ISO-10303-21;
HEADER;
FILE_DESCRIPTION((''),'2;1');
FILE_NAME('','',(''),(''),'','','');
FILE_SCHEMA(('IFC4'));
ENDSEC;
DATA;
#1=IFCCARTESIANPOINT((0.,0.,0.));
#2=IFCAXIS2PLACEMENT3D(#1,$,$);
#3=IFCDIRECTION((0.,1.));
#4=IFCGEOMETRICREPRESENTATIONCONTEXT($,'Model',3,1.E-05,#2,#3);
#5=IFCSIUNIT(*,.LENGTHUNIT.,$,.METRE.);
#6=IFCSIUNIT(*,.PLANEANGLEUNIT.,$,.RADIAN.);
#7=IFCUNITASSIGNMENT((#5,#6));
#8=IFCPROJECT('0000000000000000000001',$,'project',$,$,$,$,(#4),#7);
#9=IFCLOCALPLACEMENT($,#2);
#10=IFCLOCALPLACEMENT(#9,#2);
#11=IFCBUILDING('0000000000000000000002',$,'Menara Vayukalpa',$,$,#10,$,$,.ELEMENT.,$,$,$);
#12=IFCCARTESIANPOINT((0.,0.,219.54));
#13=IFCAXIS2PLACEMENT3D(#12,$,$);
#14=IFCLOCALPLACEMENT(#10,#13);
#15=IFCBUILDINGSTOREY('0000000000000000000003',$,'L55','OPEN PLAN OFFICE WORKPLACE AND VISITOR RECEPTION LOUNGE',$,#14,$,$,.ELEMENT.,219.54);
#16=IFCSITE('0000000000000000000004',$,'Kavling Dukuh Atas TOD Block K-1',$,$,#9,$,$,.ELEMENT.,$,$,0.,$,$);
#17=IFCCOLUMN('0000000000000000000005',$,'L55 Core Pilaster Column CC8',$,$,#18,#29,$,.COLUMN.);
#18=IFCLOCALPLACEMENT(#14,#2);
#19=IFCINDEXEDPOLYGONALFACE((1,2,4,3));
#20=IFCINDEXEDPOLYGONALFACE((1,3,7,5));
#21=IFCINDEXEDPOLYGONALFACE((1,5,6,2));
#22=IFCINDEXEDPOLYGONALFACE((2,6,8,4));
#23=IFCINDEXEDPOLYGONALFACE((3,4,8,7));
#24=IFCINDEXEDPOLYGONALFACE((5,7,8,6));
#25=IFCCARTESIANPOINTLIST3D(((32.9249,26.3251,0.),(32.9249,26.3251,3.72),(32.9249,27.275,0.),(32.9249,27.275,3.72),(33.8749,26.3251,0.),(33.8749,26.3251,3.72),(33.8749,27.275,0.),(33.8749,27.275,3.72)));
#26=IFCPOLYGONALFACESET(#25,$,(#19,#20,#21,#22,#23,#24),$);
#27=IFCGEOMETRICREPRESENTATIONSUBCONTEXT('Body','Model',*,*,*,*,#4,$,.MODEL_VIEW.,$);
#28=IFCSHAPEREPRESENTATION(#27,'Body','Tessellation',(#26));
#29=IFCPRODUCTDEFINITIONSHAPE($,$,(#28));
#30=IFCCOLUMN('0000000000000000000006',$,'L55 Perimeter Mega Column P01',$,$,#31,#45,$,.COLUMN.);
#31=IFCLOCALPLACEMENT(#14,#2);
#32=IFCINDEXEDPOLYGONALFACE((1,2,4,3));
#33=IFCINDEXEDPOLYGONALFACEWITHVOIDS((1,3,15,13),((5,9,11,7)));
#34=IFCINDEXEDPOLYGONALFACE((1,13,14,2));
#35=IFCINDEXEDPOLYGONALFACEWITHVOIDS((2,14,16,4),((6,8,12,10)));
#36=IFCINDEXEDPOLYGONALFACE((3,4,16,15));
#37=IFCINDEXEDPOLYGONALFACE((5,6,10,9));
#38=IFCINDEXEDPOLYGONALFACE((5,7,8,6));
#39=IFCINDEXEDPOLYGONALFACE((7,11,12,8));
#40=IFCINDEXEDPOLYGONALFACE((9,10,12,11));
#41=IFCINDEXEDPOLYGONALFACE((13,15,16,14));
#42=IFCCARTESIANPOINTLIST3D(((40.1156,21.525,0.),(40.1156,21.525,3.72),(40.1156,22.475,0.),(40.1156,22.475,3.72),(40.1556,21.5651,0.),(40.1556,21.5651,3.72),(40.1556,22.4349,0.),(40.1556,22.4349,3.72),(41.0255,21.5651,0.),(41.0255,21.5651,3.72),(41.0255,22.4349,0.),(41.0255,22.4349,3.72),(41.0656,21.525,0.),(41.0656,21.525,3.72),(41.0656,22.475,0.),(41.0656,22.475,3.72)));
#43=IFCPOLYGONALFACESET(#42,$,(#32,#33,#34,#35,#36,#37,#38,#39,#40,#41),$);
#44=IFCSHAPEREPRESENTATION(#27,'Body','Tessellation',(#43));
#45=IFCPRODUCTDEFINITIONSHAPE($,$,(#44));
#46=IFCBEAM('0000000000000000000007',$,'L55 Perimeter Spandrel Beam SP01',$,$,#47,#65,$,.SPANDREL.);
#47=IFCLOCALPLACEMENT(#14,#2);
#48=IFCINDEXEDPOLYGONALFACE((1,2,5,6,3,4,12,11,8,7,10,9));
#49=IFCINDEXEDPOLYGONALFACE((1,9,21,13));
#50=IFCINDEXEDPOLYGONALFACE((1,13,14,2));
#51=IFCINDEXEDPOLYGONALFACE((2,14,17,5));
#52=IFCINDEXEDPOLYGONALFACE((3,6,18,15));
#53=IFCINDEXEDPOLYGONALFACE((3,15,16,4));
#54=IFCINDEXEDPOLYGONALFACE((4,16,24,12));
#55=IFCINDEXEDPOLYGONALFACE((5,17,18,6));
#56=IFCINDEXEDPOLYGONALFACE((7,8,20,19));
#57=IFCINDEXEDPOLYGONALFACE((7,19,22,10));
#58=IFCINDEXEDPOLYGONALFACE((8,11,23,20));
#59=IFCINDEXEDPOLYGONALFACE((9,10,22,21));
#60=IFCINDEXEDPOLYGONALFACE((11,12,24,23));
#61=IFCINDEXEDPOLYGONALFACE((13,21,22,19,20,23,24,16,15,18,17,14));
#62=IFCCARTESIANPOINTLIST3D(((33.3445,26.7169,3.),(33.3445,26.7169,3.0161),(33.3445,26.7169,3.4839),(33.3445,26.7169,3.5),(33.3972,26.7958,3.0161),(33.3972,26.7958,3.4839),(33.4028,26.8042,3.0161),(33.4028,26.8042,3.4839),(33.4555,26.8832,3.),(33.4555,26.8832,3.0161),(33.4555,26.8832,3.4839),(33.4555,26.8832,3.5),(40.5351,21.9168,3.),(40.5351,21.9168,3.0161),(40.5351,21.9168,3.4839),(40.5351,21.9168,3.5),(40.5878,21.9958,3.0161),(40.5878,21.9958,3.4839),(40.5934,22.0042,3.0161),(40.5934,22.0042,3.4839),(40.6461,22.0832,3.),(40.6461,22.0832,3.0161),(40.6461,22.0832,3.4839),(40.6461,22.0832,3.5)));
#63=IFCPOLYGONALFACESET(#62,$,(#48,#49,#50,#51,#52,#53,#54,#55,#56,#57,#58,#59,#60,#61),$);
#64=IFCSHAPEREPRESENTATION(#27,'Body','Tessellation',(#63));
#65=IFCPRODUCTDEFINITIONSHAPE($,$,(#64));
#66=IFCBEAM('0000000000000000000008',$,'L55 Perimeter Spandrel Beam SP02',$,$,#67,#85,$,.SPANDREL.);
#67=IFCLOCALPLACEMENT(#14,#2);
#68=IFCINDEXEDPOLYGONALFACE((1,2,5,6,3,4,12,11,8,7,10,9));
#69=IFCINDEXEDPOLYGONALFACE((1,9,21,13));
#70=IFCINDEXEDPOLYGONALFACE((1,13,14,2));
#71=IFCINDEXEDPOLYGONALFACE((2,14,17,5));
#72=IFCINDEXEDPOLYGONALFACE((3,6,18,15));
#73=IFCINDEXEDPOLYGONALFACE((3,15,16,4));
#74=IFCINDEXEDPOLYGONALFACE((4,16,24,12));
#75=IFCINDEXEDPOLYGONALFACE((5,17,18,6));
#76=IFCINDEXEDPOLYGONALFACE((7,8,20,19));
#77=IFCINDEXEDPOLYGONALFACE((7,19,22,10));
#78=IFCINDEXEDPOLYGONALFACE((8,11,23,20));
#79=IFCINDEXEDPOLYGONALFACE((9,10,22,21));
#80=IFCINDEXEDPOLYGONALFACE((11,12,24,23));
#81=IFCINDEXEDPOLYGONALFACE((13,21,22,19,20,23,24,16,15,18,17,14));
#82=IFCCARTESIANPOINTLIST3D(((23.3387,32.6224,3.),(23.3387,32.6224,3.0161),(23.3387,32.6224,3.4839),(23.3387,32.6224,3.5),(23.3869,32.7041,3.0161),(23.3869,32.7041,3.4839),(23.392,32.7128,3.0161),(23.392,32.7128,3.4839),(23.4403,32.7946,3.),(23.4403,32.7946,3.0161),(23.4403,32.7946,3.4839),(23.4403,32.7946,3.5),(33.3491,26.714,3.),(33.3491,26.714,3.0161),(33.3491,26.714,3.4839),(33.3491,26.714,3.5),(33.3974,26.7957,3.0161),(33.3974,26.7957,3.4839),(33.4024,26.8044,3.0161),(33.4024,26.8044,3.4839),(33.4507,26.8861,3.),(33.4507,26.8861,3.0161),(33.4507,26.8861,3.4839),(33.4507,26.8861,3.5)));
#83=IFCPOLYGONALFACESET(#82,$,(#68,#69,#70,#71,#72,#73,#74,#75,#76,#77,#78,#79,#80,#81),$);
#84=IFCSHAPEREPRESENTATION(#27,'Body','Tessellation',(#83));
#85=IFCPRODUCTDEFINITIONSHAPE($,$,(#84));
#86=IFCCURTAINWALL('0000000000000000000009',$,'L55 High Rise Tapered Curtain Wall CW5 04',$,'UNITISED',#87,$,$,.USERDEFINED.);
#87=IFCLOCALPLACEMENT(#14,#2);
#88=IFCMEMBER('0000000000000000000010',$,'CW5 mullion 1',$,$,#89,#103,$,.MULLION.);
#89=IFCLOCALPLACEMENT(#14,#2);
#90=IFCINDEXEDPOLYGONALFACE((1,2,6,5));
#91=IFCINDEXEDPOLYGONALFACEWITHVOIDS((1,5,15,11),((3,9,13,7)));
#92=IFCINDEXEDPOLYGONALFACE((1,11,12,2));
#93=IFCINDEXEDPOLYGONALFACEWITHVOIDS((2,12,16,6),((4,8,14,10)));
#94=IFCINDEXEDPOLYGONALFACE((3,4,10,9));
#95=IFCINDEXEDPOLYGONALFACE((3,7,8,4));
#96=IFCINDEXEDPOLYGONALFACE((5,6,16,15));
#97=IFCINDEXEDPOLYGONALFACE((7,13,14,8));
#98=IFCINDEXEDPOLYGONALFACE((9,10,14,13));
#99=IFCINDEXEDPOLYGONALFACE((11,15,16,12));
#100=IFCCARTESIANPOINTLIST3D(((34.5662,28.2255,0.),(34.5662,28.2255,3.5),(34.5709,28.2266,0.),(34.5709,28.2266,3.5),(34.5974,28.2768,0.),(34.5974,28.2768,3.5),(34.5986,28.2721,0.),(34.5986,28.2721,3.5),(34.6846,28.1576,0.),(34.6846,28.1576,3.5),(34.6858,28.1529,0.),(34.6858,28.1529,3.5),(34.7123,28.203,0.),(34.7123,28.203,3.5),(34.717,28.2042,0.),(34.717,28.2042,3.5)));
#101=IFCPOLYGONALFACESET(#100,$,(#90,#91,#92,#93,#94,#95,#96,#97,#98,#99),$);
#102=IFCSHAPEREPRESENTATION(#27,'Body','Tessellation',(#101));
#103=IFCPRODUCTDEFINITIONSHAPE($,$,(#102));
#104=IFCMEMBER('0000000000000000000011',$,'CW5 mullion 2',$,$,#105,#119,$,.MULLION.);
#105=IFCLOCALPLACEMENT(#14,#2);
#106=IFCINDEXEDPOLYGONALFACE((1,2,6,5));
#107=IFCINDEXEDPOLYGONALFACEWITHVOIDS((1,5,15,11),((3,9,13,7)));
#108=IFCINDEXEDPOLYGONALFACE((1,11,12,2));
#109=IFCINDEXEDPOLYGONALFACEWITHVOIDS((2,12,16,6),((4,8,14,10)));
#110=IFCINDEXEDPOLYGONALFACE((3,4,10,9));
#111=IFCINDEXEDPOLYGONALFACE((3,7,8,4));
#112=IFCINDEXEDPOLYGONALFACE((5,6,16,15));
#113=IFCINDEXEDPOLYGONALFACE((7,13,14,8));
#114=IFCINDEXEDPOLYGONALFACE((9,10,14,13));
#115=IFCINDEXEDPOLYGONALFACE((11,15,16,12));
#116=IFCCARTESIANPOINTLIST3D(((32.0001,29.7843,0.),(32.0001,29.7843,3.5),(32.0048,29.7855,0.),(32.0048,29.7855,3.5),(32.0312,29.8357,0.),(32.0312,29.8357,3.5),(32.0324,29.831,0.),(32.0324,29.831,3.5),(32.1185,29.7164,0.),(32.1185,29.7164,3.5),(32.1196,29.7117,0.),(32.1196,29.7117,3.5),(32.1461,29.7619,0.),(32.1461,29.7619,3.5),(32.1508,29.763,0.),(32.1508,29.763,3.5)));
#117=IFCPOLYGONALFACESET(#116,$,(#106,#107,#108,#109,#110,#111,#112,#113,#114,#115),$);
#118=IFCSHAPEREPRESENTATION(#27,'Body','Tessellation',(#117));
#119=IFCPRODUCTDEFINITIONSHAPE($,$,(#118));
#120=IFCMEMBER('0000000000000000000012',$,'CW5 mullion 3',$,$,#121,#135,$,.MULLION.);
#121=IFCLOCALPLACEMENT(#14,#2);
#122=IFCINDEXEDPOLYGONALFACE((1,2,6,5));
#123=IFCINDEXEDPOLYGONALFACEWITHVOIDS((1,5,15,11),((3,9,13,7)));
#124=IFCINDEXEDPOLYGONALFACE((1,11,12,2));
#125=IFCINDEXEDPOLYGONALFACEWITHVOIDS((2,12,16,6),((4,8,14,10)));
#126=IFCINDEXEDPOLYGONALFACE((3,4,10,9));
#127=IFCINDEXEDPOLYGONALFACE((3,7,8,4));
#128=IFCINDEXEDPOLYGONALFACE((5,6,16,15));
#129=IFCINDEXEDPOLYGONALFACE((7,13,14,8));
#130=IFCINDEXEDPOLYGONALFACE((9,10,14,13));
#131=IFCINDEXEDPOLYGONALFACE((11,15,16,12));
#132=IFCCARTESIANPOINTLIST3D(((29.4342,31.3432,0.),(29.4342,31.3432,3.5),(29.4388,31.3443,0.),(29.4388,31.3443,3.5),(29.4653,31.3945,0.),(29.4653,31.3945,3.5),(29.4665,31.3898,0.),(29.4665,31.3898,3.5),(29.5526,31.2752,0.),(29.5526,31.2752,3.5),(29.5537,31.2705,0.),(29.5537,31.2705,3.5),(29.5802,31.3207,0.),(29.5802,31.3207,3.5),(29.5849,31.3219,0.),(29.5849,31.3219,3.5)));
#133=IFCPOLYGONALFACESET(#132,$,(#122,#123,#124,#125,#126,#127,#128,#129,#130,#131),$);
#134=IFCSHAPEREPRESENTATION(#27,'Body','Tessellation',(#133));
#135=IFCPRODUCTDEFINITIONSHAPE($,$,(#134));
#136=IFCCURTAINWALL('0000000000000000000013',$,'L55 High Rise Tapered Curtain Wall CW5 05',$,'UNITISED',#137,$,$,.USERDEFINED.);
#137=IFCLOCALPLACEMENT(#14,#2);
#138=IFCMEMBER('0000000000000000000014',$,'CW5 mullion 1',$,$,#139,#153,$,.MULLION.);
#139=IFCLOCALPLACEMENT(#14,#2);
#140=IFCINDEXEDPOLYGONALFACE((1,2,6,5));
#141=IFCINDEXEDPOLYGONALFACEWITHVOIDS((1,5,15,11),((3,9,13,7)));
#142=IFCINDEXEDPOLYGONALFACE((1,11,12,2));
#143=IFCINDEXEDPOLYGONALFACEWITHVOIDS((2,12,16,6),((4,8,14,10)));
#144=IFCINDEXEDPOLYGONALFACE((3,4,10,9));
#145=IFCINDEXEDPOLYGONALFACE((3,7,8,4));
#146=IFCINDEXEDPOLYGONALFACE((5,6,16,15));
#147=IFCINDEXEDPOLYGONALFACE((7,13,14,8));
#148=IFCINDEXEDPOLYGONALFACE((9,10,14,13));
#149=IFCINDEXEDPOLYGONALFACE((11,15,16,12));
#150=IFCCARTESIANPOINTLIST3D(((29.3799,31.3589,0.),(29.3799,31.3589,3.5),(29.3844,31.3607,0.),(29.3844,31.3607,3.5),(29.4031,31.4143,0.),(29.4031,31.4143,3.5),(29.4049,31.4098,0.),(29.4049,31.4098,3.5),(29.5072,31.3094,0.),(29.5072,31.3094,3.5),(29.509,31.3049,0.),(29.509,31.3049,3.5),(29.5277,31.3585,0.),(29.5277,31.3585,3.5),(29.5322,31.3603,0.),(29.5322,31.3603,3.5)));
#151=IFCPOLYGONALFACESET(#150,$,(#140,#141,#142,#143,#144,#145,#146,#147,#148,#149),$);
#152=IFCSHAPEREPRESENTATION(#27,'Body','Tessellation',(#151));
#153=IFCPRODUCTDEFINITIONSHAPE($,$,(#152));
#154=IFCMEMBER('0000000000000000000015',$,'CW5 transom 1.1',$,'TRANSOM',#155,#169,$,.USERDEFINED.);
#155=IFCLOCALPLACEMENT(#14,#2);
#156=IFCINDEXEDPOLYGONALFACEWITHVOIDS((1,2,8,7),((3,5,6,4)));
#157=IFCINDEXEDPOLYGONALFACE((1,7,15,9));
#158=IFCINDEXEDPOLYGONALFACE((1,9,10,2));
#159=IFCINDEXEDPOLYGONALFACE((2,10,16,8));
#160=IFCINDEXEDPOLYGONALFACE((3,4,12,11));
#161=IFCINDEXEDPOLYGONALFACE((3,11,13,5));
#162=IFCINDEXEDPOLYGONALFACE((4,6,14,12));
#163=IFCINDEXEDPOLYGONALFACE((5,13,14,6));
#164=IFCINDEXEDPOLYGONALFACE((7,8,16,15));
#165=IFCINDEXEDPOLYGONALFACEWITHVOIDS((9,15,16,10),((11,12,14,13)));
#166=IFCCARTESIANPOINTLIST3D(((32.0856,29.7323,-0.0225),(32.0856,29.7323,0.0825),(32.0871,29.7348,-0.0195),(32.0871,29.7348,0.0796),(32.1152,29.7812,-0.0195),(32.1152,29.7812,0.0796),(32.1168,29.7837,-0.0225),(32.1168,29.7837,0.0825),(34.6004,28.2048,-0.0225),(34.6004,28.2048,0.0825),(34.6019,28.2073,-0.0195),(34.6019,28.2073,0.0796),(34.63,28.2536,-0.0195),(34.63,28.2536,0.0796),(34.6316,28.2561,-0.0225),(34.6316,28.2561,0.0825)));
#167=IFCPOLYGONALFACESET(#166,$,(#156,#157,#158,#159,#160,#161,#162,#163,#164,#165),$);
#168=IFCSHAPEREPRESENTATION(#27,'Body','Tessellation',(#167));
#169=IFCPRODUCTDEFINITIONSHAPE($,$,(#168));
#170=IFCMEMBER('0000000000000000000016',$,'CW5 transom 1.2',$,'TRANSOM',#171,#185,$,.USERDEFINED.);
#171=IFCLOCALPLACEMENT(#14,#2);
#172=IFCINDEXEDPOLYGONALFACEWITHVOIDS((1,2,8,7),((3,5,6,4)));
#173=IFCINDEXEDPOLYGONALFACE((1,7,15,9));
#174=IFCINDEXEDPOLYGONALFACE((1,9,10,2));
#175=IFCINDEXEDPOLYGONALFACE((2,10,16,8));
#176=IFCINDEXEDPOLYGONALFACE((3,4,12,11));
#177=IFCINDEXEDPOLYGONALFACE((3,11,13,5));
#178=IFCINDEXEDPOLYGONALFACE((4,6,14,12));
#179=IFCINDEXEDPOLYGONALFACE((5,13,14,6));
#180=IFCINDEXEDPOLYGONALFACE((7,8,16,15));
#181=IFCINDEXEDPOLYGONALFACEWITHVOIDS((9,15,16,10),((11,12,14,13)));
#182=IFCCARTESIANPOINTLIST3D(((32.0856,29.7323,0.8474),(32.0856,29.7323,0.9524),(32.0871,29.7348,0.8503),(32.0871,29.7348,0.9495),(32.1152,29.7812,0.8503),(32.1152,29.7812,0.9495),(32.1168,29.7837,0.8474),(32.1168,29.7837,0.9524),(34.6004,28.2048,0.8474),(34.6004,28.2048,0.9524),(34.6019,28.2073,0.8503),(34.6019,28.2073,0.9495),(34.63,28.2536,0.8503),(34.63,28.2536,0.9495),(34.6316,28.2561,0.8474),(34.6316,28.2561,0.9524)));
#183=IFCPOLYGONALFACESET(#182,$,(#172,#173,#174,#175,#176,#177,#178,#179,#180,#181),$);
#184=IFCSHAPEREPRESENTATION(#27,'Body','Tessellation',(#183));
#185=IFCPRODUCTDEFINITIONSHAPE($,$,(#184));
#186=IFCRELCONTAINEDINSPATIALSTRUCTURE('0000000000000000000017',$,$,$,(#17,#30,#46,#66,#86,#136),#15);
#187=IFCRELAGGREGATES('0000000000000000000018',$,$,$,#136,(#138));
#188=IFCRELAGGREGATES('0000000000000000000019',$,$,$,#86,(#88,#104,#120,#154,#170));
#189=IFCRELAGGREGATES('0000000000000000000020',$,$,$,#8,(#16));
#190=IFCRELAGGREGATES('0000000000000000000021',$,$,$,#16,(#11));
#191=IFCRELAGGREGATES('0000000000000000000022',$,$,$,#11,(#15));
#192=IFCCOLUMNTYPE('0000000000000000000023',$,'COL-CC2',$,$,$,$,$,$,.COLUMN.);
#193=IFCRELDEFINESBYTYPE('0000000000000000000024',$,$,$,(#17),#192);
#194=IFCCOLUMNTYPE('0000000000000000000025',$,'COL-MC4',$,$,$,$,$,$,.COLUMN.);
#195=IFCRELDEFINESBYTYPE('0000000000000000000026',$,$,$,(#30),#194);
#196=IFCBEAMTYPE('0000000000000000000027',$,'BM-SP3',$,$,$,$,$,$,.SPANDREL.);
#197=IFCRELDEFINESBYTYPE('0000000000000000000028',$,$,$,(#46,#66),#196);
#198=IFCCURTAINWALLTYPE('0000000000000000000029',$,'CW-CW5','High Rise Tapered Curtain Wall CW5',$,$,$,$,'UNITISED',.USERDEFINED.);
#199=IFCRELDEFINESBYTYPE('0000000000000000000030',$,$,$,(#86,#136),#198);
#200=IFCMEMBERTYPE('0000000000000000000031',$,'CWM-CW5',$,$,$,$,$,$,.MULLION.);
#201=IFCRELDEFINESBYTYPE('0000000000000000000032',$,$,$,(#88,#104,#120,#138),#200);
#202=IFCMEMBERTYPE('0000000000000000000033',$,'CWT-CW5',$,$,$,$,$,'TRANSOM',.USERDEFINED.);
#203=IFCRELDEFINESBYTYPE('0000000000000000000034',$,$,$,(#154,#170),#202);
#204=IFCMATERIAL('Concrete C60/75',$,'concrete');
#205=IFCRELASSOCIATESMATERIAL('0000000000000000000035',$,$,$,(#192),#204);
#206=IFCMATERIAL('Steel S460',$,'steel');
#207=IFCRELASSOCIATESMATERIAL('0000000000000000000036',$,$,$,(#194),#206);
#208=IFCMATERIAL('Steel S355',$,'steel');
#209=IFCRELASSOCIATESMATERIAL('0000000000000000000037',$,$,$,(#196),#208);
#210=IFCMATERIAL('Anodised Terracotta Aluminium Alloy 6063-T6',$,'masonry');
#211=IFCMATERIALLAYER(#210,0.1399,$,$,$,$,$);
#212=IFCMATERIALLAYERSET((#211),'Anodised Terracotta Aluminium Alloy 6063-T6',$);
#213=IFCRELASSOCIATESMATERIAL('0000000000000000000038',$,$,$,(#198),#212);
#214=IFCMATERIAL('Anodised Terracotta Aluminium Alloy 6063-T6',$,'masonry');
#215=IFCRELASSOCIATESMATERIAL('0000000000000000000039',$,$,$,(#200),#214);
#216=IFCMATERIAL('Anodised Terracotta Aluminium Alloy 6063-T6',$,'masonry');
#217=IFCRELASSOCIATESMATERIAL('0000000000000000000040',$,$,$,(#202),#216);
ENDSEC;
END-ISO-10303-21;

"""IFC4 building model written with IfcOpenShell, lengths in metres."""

from ifc_helpers import new_model, si_unit, direction, frame, origin, origin_2d, place, context, subcontext, project, spatial, rectangle, hollow_rectangle, i_section, extrude, material, layer, layer_set, material_profile, profile_set, type_object, element, aggregate, save


model = new_model("IFC4")

# Units and contexts
model_context = context("Model", 3, precision=1e-05, world=origin(), true_north=direction((0.0, 1.0)))
body_context = subcontext(model_context, "Body", "Model", "MODEL_VIEW")
ifc_project = project(units=[si_unit("LENGTHUNIT", "METRE"), si_unit("PLANEANGLEUNIT", "RADIAN")], contexts=[model_context])

# Site, building, storey
site_placement = place(None, origin())
site = spatial("IfcSite", under=ifc_project, at=site_placement, Name="Kavling Dukuh Atas TOD Block K-1", CompositionType="ELEMENT", RefElevation=0.0)
building_placement = place(site_placement, origin())
building = spatial("IfcBuilding", under=site, at=building_placement, Name="Menara Vayukalpa", CompositionType="ELEMENT")
storey_placement = place(building_placement, frame((0.0, 0.0, 219.54)))
storey = spatial("IfcBuildingStorey", under=building, at=storey_placement, Name="L55", Description="OPEN PLAN OFFICE WORKPLACE AND VISITOR RECEPTION LOUNGE", CompositionType="ELEMENT", Elevation=219.54)

# Columns
ifc_material_1 = material(Name="Concrete C60/75", Category="concrete")
ifc_material_profile_1 = material_profile(ifc_material_1, rectangle(XDim=0.95, YDim=0.95, at=origin_2d()), Name="RC 950x950")
ifc_profile_set_1 = profile_set([ifc_material_profile_1], Name="Concrete C60/75")
column_type_1 = type_object("IfcColumnType", Name="COL-CC2", PredefinedType="COLUMN", material=ifc_profile_set_1)
column_1_placement = place(storey_placement, frame((33.3999, 26.8, 0.0), z_axis=(0.0, 0.0, 1.0), x_axis=(1.0, 0.0, 0.0)))
element("IfcColumn", 1, at=column_1_placement, inside=storey, type_object=column_type_1, Name="L55 Core Pilaster Column CC8", PredefinedType="COLUMN", context=body_context, shape_type="SweptSolid", body=[
    extrude(rectangle(XDim=0.95, YDim=0.95, at=origin_2d()), origin(), (0.0, 0.0, 1.0), 3.72),
])
ifc_material_2 = material(Name="Steel S460", Category="steel")
ifc_material_profile_2 = material_profile(ifc_material_2, hollow_rectangle(XDim=0.95, YDim=0.95, WallThickness=0.04, at=origin_2d()), Name="BOX 950x950x40")
ifc_profile_set_2 = profile_set([ifc_material_profile_2], Name="Steel S460")
column_type_2 = type_object("IfcColumnType", Name="COL-MC4", PredefinedType="COLUMN", material=ifc_profile_set_2)
column_2_placement = place(storey_placement, frame((40.5906, 22.0, 0.0), z_axis=(0.0, 0.0, 1.0), x_axis=(1.0, 0.0, 0.0)))
element("IfcColumn", 2, at=column_2_placement, inside=storey, type_object=column_type_2, Name="L55 Perimeter Mega Column P01", PredefinedType="COLUMN", context=body_context, shape_type="SweptSolid", body=[
    extrude(hollow_rectangle(XDim=0.95, YDim=0.95, WallThickness=0.04, at=origin_2d()), origin(), (0.0, 0.0, 1.0), 3.72),
])

# Beams
ifc_material_3 = material(Name="Steel S355", Category="steel")
ifc_material_profile_3 = material_profile(ifc_material_3, i_section(OverallWidth=0.2, OverallDepth=0.5, WebThickness=0.01, FlangeThickness=0.0161, at=origin_2d()), Name="WF 500x200x10x16")
ifc_profile_set_3 = profile_set([ifc_material_profile_3], Name="Steel S355")
beam_type = type_object("IfcBeamType", Name="BM-SP3", PredefinedType="SPANDREL", material=ifc_profile_set_3)
beam_1_placement = place(storey_placement, frame((40.5906, 22.0, 3.25), z_axis=(-0.831716, 0.555202, 0.0), x_axis=(-0.555202, -0.831716, 0.0)))
element("IfcBeam", 3, at=beam_1_placement, inside=storey, type_object=beam_type, Name="L55 Perimeter Spandrel Beam SP01", PredefinedType="SPANDREL", context=body_context, shape_type="SweptSolid", body=[
    extrude(i_section(OverallWidth=0.2, OverallDepth=0.5, WebThickness=0.01, FlangeThickness=0.0161, at=origin_2d()), origin(), (0.0, 0.0, 1.0), 8.6455),
])
beam_2_placement = place(storey_placement, frame((33.3999, 26.8, 3.25), z_axis=(-0.861184, 0.508293, 0.0), x_axis=(-0.508293, -0.861184, 0.0)))
element("IfcBeam", 4, at=beam_2_placement, inside=storey, type_object=beam_type, Name="L55 Perimeter Spandrel Beam SP02", PredefinedType="SPANDREL", context=body_context, shape_type="SweptSolid", body=[
    extrude(i_section(OverallWidth=0.2, OverallDepth=0.5, WebThickness=0.01, FlangeThickness=0.0161, at=origin_2d()), origin(), (0.0, 0.0, 1.0), 11.624),
])

# Curtain wall, members
ifc_material_4 = material(Name="Anodised Terracotta Aluminium Alloy 6063-T6", Category="masonry")
ifc_layer_1 = layer(ifc_material_4, 0.1399)
ifc_layer_set_1 = layer_set([ifc_layer_1], Name="Anodised Terracotta Aluminium Alloy 6063-T6")
curtain_wall_type = type_object("IfcCurtainWallType", Name="CW-CW5", Description="High Rise Tapered Curtain Wall CW5", ElementType="UNITISED", PredefinedType="USERDEFINED", material=ifc_layer_set_1)
curtain_wall_1_placement = place(storey_placement, origin())
curtain_wall_1 = element("IfcCurtainWall", 5, at=curtain_wall_1_placement, inside=storey, type_object=curtain_wall_type, Name="L55 High Rise Tapered Curtain Wall CW5 04", ObjectType="UNITISED", PredefinedType="USERDEFINED")
ifc_material_5 = material(Name="Anodised Terracotta Aluminium Alloy 6063-T6", Category="masonry")
ifc_material_profile_4 = material_profile(ifc_material_5, hollow_rectangle(XDim=0.0601, YDim=0.1399, WallThickness=0.0034, at=origin_2d()), Name="ALU 60x140x3.5")
ifc_profile_set_4 = profile_set([ifc_material_profile_4], Name="Anodised Terracotta Aluminium Alloy 6063-T6")
member_type_1 = type_object("IfcMemberType", Name="CWM-CW5", PredefinedType="MULLION", material=ifc_profile_set_4)
member_1_placement = place(storey_placement, frame((34.6416, 28.2148, 0.0), z_axis=(0.0, 0.0, 1.0), x_axis=(-0.51918, -0.854665, 0.0)))
member_1 = element("IfcMember", 6, at=member_1_placement, type_object=member_type_1, Name="CW5 mullion 1", PredefinedType="MULLION", context=body_context, shape_type="SweptSolid", body=[
    extrude(hollow_rectangle(XDim=0.0601, YDim=0.1399, WallThickness=0.0034, at=origin_2d()), origin(), (0.0, 0.0, 1.0), 3.5),
])
member_2_placement = place(storey_placement, frame((32.0754, 29.7737, 0.0), z_axis=(0.0, 0.0, 1.0), x_axis=(-0.51918, -0.854665, 0.0)))
member_2 = element("IfcMember", 7, at=member_2_placement, type_object=member_type_1, Name="CW5 mullion 2", PredefinedType="MULLION", context=body_context, shape_type="SweptSolid", body=[
    extrude(hollow_rectangle(XDim=0.0601, YDim=0.1399, WallThickness=0.0034, at=origin_2d()), origin(), (0.0, 0.0, 1.0), 3.5),
])
member_3_placement = place(storey_placement, frame((29.5095, 31.3325, 0.0), z_axis=(0.0, 0.0, 1.0), x_axis=(-0.51918, -0.854665, 0.0)))
member_3 = element("IfcMember", 8, at=member_3_placement, type_object=member_type_1, Name="CW5 mullion 3", PredefinedType="MULLION", context=body_context, shape_type="SweptSolid", body=[
    extrude(hollow_rectangle(XDim=0.0601, YDim=0.1399, WallThickness=0.0034, at=origin_2d()), origin(), (0.0, 0.0, 1.0), 3.5),
])

# Curtain wall, member
curtain_wall_2_placement = place(storey_placement, origin())
curtain_wall_2 = element("IfcCurtainWall", 9, at=curtain_wall_2_placement, inside=storey, type_object=curtain_wall_type, Name="L55 High Rise Tapered Curtain Wall CW5 05", ObjectType="UNITISED", PredefinedType="USERDEFINED")
member_4_placement = place(storey_placement, frame((29.4561, 31.3596, 0.0), z_axis=(0.0, 0.0, 1.0), x_axis=(-0.385903, -0.922539, 0.0)))
member_4 = element("IfcMember", 10, at=member_4_placement, type_object=member_type_1, Name="CW5 mullion 1", PredefinedType="MULLION", context=body_context, shape_type="SweptSolid", body=[
    extrude(hollow_rectangle(XDim=0.0601, YDim=0.1399, WallThickness=0.0034, at=origin_2d()), origin(), (0.0, 0.0, 1.0), 3.5),
])

# Members
ifc_material_6 = material(Name="Anodised Terracotta Aluminium Alloy 6063-T6", Category="masonry")
ifc_material_profile_5 = material_profile(ifc_material_6, hollow_rectangle(XDim=0.0601, YDim=0.105, WallThickness=0.0029, at=origin_2d()), Name="ALU 60x105x3")
ifc_profile_set_5 = profile_set([ifc_material_profile_5], Name="Anodised Terracotta Aluminium Alloy 6063-T6")
member_type_2 = type_object("IfcMemberType", Name="CWT-CW5", ElementType="TRANSOM", PredefinedType="USERDEFINED", material=ifc_profile_set_5)
member_5_placement = place(storey_placement, frame((34.616, 28.2305, 0.03), z_axis=(-0.854684, 0.519149, 0.0), x_axis=(-0.519149, -0.854684, 0.0)))
member_5 = element("IfcMember", 11, at=member_5_placement, type_object=member_type_2, Name="CW5 transom 1.1", ObjectType="TRANSOM", PredefinedType="USERDEFINED", context=body_context, shape_type="SweptSolid", body=[
    extrude(hollow_rectangle(XDim=0.0601, YDim=0.105, WallThickness=0.0029, at=origin_2d()), origin(), (0.0, 0.0, 1.0), 2.9424),
])
member_6_placement = place(storey_placement, frame((34.616, 28.2305, 0.8999), z_axis=(-0.854684, 0.519149, 0.0), x_axis=(-0.519149, -0.854684, 0.0)))
member_6 = element("IfcMember", 12, at=member_6_placement, type_object=member_type_2, Name="CW5 transom 1.2", ObjectType="TRANSOM", PredefinedType="USERDEFINED", context=body_context, shape_type="SweptSolid", body=[
    extrude(hollow_rectangle(XDim=0.0601, YDim=0.105, WallThickness=0.0029, at=origin_2d()), origin(), (0.0, 0.0, 1.0), 2.9424),
])
aggregate(curtain_wall_2, [member_4])

aggregate(curtain_wall_1, [member_1, member_2, member_3, member_5, member_6])

save(model, "model.ifc")
